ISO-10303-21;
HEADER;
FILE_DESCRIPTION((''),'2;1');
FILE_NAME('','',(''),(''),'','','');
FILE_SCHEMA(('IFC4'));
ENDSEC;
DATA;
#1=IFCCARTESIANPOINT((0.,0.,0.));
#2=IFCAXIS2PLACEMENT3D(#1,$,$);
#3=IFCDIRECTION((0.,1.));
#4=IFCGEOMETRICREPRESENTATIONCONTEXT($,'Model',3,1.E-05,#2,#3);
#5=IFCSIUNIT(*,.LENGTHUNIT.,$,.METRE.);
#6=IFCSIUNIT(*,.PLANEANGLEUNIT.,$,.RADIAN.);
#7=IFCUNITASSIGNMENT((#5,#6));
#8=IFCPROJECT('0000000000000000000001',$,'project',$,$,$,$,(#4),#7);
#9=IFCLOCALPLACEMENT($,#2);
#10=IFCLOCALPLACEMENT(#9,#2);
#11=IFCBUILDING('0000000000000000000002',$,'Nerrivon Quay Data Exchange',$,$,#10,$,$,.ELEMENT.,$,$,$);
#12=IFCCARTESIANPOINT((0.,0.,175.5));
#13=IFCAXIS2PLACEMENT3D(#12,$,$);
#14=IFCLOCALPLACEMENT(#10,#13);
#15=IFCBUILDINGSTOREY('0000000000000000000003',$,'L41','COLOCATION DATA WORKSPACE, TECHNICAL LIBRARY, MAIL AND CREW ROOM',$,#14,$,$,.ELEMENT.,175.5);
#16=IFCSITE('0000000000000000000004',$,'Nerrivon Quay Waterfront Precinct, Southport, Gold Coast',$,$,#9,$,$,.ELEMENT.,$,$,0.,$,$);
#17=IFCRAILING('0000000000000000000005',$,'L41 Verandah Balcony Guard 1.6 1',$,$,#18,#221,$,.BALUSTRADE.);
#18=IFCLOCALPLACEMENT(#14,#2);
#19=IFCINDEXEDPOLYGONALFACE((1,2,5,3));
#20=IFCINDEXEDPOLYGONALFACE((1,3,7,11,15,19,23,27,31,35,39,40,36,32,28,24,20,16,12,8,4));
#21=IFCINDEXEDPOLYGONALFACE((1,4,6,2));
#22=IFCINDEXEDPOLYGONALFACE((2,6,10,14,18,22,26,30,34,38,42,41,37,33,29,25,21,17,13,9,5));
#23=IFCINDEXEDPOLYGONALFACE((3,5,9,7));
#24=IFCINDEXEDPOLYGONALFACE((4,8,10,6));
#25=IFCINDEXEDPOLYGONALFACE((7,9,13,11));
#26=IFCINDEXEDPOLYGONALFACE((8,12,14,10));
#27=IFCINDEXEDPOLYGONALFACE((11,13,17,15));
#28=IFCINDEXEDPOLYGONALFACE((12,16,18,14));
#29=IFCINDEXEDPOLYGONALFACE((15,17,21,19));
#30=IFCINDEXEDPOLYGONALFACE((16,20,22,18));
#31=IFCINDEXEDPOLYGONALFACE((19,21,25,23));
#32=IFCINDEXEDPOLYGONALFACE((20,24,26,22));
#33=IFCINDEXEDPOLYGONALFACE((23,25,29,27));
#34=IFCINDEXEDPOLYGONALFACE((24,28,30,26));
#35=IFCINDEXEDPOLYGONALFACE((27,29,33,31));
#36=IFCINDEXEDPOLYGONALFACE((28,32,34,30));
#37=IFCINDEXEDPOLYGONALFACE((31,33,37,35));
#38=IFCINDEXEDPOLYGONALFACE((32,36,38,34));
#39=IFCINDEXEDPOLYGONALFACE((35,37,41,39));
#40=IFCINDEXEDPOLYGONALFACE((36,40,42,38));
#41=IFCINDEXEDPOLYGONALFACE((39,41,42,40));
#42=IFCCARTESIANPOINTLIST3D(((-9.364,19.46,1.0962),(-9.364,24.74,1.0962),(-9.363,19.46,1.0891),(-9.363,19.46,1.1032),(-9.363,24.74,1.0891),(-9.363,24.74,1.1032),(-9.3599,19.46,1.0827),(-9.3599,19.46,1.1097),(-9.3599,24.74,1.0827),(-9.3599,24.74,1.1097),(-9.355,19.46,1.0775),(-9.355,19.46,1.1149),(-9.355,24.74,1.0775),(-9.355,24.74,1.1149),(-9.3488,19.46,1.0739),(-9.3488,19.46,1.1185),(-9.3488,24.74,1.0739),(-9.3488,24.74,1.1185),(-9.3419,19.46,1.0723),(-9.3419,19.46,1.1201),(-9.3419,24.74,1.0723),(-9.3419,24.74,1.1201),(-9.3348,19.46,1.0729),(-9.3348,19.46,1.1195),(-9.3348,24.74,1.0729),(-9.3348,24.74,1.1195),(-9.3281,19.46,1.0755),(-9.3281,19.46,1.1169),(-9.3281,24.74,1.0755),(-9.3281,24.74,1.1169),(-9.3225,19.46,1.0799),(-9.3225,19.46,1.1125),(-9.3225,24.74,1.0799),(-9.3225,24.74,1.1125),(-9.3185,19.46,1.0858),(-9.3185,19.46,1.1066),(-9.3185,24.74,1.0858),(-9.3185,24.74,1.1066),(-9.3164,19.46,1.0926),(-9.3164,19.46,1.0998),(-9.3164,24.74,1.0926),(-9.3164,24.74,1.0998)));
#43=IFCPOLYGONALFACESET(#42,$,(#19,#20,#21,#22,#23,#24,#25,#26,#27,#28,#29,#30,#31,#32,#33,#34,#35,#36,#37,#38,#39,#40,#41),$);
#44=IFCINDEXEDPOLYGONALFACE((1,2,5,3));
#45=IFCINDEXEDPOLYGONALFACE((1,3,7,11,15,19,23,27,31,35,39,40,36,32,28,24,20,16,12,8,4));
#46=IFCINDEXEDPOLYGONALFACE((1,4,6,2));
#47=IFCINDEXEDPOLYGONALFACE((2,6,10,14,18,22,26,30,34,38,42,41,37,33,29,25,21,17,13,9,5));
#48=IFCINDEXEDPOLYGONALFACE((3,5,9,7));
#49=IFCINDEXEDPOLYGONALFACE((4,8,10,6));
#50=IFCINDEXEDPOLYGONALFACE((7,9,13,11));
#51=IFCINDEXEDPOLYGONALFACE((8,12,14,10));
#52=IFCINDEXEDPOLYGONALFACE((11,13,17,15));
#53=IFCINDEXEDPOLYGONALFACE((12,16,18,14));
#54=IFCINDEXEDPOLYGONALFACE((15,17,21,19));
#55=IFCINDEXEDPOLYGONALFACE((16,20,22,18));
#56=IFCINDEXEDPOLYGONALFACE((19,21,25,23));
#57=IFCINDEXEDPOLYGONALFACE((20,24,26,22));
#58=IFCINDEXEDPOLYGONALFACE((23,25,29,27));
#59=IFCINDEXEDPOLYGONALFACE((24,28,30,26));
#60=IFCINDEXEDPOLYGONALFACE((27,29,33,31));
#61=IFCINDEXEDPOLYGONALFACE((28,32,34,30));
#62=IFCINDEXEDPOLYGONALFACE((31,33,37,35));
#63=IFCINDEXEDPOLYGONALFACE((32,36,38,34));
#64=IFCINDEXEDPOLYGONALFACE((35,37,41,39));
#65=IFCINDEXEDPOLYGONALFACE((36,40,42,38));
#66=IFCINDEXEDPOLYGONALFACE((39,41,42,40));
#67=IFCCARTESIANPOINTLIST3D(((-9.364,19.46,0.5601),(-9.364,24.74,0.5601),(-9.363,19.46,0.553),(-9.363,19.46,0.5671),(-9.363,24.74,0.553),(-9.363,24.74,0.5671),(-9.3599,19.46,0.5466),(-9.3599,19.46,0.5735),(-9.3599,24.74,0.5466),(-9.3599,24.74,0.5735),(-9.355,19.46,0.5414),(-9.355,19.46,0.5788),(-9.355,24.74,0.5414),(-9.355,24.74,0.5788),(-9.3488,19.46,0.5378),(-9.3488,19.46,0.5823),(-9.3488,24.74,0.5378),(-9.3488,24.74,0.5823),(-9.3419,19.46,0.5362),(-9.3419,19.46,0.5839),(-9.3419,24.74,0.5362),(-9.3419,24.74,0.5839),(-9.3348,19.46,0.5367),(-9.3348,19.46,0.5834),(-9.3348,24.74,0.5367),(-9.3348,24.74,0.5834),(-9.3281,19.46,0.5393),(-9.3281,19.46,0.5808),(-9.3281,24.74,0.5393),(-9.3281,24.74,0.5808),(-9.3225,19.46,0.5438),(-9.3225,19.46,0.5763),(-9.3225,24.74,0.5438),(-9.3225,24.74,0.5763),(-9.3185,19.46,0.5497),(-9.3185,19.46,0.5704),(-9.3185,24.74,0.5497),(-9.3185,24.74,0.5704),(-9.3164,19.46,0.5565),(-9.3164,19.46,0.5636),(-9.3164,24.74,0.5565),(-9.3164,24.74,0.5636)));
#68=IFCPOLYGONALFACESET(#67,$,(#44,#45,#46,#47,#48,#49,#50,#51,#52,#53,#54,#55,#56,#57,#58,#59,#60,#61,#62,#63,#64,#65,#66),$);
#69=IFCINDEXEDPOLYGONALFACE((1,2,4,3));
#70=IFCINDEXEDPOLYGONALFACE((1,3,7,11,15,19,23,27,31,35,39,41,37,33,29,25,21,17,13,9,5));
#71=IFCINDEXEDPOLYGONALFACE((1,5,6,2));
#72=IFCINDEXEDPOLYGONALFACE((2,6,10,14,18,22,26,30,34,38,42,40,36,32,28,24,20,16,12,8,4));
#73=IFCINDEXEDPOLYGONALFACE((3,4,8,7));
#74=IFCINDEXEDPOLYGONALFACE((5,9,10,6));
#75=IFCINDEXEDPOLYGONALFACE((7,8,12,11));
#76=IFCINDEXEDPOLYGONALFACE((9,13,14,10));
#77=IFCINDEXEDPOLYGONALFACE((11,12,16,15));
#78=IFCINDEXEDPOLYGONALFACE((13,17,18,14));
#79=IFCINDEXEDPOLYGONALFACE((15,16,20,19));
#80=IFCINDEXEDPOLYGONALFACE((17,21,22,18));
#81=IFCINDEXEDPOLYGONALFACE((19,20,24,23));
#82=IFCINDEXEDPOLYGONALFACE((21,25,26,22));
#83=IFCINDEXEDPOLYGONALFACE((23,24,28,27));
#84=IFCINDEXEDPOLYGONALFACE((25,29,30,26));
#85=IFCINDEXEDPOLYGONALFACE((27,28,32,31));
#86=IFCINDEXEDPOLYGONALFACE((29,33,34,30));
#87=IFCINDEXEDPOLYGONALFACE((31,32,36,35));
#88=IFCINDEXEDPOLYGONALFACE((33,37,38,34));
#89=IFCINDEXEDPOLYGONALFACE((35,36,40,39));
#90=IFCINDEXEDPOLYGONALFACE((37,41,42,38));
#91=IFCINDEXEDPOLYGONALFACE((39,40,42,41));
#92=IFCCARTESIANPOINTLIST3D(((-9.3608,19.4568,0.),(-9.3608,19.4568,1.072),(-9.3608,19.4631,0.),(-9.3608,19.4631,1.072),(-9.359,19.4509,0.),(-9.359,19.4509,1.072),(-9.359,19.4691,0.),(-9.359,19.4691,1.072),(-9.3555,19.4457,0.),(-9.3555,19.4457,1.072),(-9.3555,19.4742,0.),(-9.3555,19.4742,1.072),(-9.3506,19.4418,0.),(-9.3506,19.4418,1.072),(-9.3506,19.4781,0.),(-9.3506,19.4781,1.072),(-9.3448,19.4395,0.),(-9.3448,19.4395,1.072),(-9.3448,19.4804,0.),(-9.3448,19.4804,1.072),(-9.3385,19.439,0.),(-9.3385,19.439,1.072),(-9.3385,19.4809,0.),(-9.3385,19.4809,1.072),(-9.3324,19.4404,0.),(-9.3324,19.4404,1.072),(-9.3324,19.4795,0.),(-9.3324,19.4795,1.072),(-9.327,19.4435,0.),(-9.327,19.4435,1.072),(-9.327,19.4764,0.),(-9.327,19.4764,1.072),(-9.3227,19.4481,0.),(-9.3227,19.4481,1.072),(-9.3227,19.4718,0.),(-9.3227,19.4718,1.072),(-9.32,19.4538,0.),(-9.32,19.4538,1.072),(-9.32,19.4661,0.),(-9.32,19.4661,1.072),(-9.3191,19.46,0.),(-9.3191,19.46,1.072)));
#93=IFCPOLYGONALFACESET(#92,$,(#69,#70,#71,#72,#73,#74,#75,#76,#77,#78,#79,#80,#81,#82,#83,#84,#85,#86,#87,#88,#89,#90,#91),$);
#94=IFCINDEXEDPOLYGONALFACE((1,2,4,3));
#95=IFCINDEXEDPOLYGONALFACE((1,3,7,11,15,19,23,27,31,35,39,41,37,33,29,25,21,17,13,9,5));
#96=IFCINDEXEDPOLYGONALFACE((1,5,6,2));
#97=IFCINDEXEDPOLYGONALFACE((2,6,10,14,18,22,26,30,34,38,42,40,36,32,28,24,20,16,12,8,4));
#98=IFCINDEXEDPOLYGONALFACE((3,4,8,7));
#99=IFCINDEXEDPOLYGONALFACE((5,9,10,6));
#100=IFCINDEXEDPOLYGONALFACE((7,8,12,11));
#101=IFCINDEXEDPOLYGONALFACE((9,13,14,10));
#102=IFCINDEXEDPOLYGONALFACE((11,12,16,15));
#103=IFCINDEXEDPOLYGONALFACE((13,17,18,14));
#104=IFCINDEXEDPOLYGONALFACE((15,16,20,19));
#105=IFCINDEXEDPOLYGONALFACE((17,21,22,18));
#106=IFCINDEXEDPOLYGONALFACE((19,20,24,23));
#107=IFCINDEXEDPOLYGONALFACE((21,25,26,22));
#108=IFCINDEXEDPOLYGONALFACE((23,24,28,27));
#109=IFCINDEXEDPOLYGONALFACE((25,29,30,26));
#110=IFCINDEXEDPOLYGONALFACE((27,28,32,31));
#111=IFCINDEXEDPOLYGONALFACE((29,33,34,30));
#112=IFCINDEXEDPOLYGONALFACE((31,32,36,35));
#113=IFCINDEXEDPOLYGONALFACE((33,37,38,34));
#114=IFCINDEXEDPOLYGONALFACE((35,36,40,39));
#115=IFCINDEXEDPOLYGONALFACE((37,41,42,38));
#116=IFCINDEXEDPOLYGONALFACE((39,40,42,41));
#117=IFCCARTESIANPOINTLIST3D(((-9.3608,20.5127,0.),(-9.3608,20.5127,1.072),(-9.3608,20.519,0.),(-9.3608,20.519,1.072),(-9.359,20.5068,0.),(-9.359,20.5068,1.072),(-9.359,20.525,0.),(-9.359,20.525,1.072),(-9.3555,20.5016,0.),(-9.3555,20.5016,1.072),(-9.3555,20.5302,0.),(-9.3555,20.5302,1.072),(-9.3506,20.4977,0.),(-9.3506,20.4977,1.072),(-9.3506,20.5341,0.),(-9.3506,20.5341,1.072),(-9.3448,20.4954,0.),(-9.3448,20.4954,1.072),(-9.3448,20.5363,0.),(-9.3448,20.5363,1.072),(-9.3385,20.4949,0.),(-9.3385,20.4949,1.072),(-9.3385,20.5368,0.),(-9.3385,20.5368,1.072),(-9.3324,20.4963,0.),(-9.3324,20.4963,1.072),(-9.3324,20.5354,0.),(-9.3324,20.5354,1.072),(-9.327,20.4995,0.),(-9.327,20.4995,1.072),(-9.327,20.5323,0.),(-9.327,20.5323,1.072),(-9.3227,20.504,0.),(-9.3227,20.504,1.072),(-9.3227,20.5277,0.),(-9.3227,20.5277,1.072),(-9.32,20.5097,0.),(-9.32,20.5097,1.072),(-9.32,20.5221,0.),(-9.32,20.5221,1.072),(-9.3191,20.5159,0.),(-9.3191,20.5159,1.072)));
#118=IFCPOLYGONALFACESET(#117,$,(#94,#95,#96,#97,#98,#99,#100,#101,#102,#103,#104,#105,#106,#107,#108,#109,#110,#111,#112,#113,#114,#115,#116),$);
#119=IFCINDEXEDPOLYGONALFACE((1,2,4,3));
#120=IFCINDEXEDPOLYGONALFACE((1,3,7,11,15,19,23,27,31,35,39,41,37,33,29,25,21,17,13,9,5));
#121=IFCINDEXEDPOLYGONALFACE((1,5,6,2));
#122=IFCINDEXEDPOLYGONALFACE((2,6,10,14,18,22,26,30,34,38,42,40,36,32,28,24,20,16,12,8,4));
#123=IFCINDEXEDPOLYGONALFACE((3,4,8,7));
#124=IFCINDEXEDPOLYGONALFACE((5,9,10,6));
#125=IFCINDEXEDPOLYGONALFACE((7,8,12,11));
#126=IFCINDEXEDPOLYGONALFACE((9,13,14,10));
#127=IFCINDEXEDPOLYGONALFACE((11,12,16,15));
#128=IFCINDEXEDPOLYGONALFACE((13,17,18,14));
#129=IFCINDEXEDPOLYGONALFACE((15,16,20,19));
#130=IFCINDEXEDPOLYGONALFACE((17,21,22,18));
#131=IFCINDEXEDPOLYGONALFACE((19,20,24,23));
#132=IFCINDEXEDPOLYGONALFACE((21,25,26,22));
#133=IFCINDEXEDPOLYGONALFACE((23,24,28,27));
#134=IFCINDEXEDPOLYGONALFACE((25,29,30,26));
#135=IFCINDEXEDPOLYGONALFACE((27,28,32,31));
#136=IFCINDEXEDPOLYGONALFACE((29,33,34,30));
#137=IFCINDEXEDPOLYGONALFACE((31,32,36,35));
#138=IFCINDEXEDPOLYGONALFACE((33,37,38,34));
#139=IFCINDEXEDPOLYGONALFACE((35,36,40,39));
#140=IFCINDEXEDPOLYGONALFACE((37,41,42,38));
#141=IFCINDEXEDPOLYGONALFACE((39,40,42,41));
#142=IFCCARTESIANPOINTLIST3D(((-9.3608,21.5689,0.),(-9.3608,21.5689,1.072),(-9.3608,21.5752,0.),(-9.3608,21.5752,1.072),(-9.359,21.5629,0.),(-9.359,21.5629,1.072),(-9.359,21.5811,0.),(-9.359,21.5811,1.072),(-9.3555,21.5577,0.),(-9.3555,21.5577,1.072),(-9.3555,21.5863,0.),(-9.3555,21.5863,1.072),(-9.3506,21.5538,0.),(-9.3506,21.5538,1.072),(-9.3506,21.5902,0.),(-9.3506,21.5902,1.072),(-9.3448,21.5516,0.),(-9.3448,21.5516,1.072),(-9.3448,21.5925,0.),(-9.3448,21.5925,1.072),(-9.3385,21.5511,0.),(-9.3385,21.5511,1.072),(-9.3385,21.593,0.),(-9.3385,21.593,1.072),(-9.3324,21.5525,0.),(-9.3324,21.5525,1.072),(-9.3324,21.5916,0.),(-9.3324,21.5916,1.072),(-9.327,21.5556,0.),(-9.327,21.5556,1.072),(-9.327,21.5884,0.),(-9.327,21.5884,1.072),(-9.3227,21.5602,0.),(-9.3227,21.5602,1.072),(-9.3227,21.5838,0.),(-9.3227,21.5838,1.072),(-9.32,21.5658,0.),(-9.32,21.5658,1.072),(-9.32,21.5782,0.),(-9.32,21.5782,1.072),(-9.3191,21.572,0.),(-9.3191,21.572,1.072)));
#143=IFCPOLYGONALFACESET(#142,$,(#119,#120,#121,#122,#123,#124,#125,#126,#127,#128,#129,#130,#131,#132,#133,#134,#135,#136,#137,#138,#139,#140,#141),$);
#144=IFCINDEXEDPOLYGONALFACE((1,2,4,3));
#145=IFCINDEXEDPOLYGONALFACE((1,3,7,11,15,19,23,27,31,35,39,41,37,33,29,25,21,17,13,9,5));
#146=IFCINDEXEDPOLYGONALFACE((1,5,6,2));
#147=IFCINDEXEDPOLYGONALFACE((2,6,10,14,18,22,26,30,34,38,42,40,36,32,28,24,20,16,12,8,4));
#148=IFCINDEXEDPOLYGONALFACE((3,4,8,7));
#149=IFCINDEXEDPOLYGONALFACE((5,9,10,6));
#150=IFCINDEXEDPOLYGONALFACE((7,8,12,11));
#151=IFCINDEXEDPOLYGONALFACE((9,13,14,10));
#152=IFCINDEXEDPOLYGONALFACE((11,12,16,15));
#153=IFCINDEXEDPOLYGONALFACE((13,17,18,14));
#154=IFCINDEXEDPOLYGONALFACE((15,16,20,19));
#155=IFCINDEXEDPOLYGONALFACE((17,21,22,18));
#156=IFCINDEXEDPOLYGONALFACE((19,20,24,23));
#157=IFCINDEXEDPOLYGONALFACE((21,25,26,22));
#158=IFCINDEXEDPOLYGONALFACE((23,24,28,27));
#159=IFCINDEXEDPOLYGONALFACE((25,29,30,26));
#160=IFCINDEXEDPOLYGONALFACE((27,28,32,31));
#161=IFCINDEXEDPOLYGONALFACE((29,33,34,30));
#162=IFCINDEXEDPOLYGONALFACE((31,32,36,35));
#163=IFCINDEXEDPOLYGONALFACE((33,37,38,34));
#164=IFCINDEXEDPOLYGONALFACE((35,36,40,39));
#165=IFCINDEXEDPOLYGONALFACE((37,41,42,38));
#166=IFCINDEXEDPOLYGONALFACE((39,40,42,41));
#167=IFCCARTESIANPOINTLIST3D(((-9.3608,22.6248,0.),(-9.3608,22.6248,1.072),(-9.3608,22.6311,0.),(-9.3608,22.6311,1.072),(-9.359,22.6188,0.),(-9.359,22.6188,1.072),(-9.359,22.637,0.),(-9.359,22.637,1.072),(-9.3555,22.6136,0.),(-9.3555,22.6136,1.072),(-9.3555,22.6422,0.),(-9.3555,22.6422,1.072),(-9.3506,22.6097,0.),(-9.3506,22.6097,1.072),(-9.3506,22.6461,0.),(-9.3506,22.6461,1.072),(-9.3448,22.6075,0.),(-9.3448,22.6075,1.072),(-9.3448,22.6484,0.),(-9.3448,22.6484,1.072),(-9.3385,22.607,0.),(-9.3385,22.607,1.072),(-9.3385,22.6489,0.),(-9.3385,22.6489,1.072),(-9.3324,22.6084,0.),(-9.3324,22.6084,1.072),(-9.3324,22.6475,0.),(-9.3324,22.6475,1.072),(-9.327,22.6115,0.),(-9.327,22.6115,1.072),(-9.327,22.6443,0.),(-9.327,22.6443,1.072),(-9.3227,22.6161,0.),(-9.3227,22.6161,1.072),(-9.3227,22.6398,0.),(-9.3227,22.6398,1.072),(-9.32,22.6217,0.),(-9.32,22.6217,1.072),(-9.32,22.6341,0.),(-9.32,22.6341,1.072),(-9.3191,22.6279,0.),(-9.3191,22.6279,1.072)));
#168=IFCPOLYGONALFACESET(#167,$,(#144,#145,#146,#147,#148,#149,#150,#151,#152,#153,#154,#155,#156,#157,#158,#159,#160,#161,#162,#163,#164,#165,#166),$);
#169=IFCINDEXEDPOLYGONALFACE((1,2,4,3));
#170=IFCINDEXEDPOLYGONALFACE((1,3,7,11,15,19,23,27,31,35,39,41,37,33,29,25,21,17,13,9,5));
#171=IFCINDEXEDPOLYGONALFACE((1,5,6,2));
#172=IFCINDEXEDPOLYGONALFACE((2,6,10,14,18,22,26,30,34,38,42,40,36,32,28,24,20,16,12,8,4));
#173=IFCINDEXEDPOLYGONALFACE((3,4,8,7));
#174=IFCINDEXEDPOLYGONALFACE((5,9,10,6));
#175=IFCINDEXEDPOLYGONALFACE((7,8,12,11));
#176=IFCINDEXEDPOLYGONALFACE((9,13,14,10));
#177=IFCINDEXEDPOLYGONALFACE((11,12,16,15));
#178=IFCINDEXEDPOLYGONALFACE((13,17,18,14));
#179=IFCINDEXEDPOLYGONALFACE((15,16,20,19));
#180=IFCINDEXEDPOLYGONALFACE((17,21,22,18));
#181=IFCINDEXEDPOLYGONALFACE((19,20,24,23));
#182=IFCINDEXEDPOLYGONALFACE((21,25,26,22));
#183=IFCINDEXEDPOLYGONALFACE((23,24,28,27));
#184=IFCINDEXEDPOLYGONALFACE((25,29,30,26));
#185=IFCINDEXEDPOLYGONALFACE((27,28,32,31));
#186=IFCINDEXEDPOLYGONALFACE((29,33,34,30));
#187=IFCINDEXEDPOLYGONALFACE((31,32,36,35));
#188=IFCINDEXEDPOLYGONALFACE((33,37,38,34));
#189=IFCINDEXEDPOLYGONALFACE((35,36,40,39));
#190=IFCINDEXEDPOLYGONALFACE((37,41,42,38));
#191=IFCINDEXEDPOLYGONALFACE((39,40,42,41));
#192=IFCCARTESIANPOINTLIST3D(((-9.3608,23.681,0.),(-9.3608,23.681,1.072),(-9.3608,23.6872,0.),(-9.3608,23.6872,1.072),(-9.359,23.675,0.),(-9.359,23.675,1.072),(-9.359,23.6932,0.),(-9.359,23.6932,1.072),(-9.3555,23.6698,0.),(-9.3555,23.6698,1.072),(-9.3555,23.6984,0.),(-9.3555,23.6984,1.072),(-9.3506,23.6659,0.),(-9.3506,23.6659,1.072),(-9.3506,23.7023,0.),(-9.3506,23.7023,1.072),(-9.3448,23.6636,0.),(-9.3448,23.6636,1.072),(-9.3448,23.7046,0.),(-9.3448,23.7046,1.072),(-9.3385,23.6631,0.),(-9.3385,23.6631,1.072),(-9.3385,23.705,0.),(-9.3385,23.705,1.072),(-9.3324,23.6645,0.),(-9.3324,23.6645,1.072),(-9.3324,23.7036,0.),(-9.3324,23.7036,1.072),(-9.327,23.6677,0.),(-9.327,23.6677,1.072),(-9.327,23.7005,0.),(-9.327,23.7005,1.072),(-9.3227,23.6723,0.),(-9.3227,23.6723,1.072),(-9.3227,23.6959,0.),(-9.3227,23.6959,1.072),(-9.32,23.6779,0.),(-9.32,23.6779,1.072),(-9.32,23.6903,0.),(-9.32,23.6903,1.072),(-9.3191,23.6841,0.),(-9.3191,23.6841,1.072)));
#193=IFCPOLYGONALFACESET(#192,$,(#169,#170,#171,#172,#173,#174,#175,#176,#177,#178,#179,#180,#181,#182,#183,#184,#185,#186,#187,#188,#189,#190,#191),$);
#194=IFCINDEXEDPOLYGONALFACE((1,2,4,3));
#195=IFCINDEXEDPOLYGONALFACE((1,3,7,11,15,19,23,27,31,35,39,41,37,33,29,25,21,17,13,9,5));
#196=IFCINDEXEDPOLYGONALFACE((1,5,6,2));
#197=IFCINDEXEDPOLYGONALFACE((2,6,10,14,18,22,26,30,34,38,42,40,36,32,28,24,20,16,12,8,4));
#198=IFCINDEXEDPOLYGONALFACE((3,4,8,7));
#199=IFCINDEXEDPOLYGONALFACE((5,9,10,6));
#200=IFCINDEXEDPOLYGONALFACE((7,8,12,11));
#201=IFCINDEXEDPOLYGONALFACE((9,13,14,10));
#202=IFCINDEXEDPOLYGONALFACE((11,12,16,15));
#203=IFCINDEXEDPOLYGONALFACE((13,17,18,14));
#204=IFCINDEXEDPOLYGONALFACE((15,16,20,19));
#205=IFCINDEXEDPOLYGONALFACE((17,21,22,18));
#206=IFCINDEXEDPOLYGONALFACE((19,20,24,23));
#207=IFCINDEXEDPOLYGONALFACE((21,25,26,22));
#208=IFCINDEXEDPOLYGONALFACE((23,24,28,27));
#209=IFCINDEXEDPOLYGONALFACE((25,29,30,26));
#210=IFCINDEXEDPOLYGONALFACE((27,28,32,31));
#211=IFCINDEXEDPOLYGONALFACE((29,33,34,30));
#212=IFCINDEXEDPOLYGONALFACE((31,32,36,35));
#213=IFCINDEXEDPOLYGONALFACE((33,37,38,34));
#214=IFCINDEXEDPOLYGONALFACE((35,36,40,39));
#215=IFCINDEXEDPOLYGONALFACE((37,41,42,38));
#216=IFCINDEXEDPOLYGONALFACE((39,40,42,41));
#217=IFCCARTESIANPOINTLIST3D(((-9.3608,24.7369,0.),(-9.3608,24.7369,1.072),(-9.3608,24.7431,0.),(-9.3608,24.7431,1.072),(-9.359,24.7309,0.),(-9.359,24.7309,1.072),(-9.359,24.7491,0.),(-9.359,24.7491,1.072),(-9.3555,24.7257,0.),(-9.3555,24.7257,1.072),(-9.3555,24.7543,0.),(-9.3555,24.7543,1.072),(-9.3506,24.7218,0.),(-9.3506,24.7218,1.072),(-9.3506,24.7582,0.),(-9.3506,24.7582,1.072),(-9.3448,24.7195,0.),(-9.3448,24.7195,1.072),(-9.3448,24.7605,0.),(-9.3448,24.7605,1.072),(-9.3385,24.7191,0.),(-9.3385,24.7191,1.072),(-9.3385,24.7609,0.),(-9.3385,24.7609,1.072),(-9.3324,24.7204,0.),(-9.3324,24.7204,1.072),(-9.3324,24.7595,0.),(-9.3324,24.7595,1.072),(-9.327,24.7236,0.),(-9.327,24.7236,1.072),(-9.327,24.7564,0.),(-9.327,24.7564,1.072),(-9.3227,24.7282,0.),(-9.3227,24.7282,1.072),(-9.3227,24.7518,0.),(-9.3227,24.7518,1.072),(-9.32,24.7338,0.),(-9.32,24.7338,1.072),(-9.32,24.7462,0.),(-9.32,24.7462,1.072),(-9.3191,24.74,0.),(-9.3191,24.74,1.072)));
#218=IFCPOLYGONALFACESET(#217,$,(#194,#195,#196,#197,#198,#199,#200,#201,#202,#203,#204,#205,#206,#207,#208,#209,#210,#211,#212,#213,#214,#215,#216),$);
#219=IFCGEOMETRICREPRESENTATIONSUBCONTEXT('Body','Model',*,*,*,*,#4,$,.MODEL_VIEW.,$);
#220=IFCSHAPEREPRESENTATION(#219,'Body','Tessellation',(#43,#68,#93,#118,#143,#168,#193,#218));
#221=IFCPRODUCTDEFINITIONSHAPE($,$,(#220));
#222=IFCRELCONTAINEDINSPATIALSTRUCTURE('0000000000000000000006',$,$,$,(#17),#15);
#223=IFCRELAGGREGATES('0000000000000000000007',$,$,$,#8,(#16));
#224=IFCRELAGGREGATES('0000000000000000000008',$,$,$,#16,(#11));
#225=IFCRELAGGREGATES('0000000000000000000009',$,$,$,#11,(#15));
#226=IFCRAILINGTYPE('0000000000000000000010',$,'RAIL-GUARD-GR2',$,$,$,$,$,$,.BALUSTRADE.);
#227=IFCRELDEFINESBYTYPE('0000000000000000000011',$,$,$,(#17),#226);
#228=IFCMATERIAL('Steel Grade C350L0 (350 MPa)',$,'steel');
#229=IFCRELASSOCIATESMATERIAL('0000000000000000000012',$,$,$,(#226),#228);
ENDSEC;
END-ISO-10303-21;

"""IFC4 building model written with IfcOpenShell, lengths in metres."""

from ifc_helpers import new_model, si_unit, direction, frame, origin, origin_2d, place, context, subcontext, project, spatial, circle, extrude, material, type_object, element, save


model = new_model("IFC4")

# Units and contexts
model_context = context("Model", 3, precision=1e-05, world=origin(), true_north=direction((0.0, 1.0)))
body_context = subcontext(model_context, "Body", "Model", "MODEL_VIEW")
ifc_project = project(units=[si_unit("LENGTHUNIT", "METRE"), si_unit("PLANEANGLEUNIT", "RADIAN")], contexts=[model_context])

# Site, building, storey
site_placement = place(None, origin())
site = spatial("IfcSite", under=ifc_project, at=site_placement, Name="Nerrivon Quay Waterfront Precinct, Southport, Gold Coast", CompositionType="ELEMENT", RefElevation=0.0)
building_placement = place(site_placement, origin())
building = spatial("IfcBuilding", under=site, at=building_placement, Name="Nerrivon Quay Data Exchange", CompositionType="ELEMENT")
storey_placement = place(building_placement, frame((0.0, 0.0, 175.5)))
storey = spatial("IfcBuildingStorey", under=building, at=storey_placement, Name="L41", Description="COLOCATION DATA WORKSPACE, TECHNICAL LIBRARY, MAIL AND CREW ROOM", CompositionType="ELEMENT", Elevation=175.5)

# Railing
ifc_material_1 = material(Name="Steel Grade C350L0 (350 MPa)", Category="steel")
railing_type = type_object("IfcRailingType", Name="RAIL-GUARD-GR2", PredefinedType="BALUSTRADE", material=ifc_material_1)
railing_1_placement = place(storey_placement, frame((-9.3401, 19.46, 0.0)))
element("IfcRailing", 1, at=railing_1_placement, inside=storey, type_object=railing_type, Name="L41 Verandah Balcony Guard 1.6 1", PredefinedType="BALUSTRADE", context=body_context, shape_type="SweptSolid", body=[
    extrude(circle(Radius=0.0239, at=origin_2d()), frame((0.0, 0.0, 1.0962), z_axis=(0.0, 1.0, 0.0), x_axis=(-1.0, 0.0, 0.0)), (0.0, 0.0, 1.0), 5.28),
    extrude(circle(Radius=0.0239, at=origin_2d()), frame((0.0, 0.0, 0.5601), z_axis=(0.0, 1.0, 0.0), x_axis=(-1.0, 0.0, 0.0)), (0.0, 0.0, 1.0), 5.28),
    extrude(circle(Radius=0.021, at=origin_2d()), origin(), (0.0, 0.0, 1.0), 1.072),
    extrude(circle(Radius=0.021, at=origin_2d()), frame((0.0, 1.0559, 0.0)), (0.0, 0.0, 1.0), 1.072),
    extrude(circle(Radius=0.021, at=origin_2d()), frame((0.0, 2.1121, 0.0)), (0.0, 0.0, 1.0), 1.072),
    extrude(circle(Radius=0.021, at=origin_2d()), frame((0.0, 3.168, 0.0)), (0.0, 0.0, 1.0), 1.072),
    extrude(circle(Radius=0.021, at=origin_2d()), frame((0.0, 4.2241, 0.0)), (0.0, 0.0, 1.0), 1.072),
    extrude(circle(Radius=0.021, at=origin_2d()), frame((0.0, 5.28, 0.0)), (0.0, 0.0, 1.0), 1.072),
])

save(model, "model.ifc")
